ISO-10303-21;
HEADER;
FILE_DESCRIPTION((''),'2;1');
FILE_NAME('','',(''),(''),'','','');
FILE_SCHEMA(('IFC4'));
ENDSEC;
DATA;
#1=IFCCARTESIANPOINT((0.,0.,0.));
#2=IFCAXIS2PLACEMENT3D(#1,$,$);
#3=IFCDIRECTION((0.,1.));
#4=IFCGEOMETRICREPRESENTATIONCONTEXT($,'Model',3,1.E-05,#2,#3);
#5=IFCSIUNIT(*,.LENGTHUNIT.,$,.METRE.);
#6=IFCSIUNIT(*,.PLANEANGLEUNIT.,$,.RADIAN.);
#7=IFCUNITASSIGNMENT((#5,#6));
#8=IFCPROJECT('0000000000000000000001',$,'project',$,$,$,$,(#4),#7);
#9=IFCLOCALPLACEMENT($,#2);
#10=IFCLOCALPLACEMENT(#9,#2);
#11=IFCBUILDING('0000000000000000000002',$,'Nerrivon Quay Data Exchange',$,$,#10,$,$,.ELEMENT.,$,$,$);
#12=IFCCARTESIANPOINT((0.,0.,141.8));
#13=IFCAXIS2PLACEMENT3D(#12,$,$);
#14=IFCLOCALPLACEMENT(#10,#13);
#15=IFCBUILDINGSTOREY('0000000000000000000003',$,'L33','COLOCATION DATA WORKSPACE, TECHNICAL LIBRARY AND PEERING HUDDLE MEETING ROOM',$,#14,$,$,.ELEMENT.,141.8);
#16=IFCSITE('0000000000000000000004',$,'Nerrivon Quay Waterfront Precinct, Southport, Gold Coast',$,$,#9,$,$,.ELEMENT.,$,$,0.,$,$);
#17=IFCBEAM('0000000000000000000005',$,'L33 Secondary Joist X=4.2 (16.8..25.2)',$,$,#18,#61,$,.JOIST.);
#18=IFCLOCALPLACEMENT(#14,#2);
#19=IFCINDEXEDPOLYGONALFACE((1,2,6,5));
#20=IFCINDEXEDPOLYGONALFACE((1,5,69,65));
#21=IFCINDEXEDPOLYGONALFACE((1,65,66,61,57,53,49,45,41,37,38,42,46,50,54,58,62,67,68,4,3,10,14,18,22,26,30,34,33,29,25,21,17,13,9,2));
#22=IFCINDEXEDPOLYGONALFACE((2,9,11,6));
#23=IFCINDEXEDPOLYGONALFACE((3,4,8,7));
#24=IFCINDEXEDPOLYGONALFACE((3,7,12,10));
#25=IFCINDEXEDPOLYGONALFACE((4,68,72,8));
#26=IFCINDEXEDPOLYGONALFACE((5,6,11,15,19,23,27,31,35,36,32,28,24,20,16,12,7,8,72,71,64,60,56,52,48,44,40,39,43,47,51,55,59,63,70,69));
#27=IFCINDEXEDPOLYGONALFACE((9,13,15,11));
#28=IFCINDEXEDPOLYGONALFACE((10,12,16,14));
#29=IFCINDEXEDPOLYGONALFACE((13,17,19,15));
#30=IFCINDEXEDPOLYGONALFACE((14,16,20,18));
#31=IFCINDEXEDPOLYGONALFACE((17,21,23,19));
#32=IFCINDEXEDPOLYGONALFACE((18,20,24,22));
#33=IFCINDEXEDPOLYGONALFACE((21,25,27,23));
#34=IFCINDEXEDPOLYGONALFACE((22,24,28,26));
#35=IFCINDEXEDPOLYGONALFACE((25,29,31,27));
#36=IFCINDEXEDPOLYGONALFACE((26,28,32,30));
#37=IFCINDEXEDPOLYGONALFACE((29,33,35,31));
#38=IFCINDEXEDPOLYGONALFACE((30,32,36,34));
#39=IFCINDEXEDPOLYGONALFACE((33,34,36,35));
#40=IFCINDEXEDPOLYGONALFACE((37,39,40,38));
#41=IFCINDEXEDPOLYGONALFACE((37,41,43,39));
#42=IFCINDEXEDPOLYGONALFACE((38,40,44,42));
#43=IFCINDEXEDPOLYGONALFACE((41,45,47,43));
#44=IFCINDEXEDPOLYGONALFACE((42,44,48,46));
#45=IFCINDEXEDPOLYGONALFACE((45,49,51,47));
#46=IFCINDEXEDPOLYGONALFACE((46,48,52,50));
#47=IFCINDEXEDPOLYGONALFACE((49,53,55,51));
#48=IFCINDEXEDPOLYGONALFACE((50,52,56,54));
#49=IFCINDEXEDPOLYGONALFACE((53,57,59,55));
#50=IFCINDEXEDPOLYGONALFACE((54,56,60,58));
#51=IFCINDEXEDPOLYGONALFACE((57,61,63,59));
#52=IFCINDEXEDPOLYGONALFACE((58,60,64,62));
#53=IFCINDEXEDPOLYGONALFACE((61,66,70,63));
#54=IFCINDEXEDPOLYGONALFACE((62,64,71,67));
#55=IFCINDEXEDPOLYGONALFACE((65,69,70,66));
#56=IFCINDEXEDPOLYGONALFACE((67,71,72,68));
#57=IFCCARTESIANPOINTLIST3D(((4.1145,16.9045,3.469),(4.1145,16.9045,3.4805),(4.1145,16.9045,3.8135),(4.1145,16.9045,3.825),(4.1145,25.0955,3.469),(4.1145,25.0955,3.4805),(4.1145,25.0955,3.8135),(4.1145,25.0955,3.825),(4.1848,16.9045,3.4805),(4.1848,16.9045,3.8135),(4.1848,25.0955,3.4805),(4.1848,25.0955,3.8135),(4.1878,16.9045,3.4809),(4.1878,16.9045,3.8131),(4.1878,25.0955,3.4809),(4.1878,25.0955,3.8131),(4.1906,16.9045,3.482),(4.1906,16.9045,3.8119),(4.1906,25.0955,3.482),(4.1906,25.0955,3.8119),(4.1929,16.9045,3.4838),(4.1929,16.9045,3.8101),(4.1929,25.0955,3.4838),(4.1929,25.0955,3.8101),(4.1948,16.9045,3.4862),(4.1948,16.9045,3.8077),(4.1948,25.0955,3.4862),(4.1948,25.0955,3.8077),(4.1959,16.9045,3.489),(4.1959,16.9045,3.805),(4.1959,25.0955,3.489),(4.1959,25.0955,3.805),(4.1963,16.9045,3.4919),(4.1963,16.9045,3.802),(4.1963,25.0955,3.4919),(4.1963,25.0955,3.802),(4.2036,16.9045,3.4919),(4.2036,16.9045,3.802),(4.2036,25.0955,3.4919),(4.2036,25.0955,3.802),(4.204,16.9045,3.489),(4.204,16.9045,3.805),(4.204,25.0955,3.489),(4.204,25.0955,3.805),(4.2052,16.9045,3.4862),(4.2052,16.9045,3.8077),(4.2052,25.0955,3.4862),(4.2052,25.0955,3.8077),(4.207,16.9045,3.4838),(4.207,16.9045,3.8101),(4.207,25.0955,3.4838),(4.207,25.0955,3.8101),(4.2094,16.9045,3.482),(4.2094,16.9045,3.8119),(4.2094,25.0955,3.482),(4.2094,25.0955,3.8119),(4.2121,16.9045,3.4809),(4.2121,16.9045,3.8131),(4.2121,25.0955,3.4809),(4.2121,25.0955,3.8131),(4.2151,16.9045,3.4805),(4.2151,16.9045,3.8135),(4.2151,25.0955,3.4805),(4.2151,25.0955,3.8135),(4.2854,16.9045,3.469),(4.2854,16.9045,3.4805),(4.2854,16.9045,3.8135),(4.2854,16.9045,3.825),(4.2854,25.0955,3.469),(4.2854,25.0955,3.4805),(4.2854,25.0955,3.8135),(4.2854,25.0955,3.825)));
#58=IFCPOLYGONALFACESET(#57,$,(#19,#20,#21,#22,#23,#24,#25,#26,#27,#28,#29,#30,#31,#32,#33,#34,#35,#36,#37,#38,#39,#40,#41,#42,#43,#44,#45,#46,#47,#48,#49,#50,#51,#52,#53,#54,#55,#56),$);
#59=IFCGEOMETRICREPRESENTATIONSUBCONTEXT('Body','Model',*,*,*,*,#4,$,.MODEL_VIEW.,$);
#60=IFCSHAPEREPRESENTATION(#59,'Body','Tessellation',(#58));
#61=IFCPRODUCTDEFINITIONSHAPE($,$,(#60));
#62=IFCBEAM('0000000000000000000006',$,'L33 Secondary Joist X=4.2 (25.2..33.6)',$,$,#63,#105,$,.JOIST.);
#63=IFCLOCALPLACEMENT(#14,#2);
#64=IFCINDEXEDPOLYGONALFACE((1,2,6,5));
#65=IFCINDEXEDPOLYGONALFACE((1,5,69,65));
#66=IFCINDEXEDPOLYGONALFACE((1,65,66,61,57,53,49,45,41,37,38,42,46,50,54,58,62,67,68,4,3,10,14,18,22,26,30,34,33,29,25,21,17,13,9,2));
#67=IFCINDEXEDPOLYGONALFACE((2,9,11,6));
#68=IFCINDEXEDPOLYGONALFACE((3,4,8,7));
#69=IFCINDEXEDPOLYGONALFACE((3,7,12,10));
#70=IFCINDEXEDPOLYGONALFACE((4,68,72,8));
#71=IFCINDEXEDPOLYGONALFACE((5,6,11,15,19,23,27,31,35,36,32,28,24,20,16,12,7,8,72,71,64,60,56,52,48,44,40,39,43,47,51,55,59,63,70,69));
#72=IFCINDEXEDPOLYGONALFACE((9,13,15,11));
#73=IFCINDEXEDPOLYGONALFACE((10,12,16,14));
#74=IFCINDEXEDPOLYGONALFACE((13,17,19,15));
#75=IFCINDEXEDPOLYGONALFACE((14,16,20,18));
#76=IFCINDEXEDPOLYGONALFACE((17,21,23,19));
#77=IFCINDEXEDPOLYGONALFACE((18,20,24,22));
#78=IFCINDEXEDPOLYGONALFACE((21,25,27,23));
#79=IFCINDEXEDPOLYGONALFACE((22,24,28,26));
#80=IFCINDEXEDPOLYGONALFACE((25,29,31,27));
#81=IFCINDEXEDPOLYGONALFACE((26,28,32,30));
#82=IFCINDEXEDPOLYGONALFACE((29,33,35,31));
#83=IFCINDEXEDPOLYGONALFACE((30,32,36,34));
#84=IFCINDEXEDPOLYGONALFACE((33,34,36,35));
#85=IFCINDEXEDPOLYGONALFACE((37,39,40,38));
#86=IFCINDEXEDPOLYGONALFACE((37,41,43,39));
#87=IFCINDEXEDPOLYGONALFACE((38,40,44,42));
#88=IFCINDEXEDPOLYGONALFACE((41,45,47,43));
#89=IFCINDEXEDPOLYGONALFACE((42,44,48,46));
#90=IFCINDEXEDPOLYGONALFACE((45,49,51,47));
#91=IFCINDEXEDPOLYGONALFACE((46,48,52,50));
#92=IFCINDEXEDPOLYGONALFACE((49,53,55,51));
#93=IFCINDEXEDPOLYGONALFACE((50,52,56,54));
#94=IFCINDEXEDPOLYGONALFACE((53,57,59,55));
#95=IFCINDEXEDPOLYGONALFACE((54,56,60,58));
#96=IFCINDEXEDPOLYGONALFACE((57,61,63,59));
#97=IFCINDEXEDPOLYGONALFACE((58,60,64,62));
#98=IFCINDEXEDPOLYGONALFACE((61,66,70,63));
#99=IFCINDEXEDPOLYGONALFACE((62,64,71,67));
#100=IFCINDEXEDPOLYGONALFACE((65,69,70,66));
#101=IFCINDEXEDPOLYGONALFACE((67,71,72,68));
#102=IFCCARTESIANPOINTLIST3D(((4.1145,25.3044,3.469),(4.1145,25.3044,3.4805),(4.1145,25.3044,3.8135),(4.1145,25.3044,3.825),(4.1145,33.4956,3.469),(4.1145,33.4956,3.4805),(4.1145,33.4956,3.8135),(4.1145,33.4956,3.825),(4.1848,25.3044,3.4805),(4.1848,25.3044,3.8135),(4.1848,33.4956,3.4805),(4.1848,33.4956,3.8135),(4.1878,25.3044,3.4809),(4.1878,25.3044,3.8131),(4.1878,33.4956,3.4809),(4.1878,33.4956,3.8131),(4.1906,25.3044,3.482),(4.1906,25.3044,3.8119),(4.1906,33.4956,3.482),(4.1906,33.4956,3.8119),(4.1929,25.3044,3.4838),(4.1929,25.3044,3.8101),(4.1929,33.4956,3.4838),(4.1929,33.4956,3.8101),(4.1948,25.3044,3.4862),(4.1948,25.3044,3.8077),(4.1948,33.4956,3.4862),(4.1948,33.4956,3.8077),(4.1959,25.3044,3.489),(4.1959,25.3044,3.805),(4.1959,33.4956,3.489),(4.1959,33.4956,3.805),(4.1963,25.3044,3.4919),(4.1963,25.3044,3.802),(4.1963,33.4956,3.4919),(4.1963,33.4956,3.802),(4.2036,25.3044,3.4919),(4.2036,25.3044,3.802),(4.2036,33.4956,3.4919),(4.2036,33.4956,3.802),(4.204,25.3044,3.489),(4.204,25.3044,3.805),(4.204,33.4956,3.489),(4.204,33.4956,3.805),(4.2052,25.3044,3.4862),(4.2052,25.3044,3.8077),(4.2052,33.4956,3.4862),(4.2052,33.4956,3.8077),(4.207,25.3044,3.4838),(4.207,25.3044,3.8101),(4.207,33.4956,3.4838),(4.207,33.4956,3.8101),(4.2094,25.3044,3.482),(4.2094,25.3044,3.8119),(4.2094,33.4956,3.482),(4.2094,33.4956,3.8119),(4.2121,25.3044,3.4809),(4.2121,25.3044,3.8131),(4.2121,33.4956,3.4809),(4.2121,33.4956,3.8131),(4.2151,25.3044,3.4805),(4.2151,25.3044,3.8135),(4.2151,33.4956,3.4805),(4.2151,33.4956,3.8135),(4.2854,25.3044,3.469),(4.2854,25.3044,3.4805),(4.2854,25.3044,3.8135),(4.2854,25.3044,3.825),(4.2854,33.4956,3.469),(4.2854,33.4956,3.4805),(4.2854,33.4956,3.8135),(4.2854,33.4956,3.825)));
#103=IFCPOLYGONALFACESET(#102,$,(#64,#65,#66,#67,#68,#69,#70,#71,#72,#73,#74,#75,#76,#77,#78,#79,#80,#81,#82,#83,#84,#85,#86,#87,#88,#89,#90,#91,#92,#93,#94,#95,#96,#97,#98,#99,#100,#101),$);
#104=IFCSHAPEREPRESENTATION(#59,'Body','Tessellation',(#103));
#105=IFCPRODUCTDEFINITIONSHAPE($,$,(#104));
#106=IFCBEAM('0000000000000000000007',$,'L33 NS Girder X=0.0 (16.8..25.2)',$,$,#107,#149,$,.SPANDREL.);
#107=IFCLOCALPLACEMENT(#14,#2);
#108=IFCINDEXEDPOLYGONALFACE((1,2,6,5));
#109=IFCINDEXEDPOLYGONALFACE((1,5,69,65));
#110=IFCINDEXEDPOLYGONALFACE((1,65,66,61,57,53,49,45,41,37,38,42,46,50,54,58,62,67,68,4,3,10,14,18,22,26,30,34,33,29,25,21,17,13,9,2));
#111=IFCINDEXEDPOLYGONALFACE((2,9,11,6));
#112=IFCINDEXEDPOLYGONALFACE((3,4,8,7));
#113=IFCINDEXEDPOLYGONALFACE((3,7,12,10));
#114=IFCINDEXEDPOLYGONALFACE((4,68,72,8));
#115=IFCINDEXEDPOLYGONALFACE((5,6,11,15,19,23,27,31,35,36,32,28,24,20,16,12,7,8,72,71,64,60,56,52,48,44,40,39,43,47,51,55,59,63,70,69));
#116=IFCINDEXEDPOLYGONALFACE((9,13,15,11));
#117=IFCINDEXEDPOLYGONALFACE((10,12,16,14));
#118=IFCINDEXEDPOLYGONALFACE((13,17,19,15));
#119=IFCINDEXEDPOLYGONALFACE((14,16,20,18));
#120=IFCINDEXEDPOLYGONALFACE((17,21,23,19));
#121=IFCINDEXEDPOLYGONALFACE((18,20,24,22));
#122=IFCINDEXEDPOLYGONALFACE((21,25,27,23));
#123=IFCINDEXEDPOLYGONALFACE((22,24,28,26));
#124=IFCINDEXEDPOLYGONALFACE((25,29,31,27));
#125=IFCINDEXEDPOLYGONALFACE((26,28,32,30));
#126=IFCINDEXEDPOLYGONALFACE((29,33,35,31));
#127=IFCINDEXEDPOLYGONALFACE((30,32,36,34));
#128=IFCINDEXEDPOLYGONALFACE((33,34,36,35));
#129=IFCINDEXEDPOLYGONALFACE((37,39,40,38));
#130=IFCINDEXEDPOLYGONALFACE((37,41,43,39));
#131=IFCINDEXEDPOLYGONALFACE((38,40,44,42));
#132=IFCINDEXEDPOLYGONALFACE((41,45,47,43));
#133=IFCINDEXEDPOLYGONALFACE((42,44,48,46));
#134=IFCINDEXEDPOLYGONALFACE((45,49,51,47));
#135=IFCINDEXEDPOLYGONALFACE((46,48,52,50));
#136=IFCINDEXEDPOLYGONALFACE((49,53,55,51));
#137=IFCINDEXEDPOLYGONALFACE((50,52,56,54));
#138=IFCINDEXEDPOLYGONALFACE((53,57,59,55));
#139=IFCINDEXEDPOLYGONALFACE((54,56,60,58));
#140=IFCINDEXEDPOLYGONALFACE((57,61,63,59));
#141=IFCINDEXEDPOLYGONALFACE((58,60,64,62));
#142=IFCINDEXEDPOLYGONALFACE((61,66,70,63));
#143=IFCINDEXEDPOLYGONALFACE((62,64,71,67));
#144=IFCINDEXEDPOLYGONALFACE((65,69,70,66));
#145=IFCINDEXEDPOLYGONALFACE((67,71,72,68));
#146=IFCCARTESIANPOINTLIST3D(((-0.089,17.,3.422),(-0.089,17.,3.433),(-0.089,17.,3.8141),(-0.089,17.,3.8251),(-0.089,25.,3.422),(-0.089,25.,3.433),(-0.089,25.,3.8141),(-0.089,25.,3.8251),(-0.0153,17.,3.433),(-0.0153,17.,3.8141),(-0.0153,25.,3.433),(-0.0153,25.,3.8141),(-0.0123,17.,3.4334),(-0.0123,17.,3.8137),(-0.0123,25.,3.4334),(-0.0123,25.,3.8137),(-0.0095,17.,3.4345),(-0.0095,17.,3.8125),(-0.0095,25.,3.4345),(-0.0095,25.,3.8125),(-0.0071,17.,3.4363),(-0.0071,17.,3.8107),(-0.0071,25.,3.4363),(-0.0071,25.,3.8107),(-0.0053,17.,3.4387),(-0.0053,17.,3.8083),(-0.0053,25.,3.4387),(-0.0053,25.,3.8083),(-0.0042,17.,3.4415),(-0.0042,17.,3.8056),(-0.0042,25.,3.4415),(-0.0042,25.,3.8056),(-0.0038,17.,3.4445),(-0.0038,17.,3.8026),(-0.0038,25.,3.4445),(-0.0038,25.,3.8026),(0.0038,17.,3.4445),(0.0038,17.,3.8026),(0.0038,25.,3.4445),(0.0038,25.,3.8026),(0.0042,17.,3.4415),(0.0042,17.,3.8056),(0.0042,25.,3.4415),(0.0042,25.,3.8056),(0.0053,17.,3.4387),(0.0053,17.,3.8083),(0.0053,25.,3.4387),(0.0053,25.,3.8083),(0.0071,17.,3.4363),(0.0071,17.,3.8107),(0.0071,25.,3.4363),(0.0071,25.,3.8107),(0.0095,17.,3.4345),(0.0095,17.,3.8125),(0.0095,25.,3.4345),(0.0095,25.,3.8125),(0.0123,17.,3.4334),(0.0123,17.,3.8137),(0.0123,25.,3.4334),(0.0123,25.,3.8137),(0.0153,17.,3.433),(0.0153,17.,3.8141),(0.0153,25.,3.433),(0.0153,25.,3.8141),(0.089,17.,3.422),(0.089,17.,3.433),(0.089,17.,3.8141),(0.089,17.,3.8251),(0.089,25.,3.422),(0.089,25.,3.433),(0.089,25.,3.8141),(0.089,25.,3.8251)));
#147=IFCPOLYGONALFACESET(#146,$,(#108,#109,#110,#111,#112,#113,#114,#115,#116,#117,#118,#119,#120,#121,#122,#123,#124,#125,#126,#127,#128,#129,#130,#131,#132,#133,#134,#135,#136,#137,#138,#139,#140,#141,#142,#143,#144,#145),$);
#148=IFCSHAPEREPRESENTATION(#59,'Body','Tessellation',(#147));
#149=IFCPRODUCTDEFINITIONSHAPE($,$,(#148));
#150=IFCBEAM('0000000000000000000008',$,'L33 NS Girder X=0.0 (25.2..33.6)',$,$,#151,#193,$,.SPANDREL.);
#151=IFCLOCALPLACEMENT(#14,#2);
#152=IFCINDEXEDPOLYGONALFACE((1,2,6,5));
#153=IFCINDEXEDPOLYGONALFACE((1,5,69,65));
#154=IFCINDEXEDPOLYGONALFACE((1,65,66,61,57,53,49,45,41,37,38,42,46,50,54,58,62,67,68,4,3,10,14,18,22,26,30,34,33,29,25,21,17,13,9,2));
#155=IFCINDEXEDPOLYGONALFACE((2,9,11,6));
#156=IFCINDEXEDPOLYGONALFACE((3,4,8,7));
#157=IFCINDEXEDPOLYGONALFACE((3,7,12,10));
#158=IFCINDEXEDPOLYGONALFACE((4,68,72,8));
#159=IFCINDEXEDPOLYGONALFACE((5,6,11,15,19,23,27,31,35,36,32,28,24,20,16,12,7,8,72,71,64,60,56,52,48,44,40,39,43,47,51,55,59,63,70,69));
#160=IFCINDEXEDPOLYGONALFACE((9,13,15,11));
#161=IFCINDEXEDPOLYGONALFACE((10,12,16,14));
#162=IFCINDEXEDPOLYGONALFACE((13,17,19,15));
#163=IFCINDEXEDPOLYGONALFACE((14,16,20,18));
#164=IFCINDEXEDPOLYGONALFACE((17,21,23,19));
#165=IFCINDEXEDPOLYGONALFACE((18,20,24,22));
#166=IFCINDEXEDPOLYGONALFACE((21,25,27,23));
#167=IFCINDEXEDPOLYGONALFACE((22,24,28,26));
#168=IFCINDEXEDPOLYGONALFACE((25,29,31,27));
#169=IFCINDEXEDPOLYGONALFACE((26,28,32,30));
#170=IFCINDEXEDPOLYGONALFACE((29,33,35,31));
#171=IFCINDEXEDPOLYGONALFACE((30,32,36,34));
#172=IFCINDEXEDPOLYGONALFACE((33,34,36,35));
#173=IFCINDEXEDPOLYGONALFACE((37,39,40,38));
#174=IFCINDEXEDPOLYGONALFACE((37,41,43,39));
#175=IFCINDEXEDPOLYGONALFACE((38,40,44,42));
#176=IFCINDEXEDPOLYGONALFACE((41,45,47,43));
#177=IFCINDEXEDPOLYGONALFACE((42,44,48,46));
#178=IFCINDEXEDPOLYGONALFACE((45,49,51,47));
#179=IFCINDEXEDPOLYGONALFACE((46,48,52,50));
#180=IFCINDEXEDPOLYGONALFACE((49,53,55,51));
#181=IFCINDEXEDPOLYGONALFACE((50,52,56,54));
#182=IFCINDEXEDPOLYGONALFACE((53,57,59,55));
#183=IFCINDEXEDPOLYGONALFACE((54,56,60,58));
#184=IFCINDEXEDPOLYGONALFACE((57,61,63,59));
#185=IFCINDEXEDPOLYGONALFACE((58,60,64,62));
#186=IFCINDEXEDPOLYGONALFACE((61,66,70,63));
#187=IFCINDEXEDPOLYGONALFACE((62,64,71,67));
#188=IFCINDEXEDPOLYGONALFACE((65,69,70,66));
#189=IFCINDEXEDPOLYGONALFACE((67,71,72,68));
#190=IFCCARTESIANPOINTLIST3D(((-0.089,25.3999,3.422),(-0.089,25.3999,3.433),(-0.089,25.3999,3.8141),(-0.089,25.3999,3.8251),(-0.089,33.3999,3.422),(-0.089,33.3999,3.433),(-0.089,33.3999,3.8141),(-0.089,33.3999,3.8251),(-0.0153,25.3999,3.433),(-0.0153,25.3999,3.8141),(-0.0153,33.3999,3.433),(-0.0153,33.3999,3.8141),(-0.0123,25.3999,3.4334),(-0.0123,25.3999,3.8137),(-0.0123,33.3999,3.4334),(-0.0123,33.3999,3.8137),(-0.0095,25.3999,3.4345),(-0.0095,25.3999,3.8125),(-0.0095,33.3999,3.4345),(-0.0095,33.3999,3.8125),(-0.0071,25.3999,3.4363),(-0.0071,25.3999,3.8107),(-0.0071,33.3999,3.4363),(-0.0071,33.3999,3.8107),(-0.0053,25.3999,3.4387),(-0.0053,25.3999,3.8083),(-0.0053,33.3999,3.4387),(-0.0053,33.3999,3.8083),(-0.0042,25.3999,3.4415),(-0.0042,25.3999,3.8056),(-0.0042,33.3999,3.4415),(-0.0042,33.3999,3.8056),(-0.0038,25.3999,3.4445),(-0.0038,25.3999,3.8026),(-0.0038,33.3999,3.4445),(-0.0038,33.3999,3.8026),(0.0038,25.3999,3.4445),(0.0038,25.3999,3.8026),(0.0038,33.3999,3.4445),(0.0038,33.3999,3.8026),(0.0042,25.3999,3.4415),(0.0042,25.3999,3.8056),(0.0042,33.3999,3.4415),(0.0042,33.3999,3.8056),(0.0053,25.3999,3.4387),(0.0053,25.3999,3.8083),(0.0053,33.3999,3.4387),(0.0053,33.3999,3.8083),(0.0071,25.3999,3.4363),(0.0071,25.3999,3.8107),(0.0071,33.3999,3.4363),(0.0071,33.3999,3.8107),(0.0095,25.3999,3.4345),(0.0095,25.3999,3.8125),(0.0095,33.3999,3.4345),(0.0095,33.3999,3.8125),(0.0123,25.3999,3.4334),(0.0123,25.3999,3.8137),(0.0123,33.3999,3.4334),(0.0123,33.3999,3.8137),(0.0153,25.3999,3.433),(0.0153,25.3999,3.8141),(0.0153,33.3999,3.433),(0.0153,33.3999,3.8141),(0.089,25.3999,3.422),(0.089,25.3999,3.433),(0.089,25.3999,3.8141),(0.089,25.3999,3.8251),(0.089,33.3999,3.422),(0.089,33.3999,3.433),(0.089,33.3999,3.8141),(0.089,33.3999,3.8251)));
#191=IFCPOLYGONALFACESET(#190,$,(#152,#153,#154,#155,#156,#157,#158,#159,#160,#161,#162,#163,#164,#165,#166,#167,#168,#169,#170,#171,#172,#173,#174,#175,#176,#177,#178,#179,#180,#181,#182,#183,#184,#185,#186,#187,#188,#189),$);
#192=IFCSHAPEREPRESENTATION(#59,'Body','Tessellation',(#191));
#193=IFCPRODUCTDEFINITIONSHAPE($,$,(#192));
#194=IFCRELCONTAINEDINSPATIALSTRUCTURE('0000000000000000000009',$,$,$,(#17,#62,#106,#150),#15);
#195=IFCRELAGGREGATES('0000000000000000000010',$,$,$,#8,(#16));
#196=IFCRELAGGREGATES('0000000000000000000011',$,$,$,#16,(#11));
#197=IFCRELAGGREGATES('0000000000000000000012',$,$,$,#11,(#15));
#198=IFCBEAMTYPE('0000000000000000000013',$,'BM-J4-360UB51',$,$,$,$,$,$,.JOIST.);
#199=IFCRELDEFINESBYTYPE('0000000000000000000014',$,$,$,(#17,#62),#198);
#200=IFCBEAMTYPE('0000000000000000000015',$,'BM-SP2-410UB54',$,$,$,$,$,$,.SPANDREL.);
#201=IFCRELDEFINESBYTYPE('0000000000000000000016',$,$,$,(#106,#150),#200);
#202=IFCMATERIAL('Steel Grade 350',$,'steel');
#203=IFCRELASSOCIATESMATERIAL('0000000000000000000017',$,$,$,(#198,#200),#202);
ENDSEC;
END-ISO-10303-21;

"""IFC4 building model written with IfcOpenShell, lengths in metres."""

from ifc_helpers import new_model, si_unit, direction, frame, origin, origin_2d, place, context, subcontext, project, spatial, i_section, extrude, material, material_profile, profile_set, type_object, element, save


model = new_model("IFC4")

# Units and contexts
model_context = context("Model", 3, precision=1e-05, world=origin(), true_north=direction((0.0, 1.0)))
body_context = subcontext(model_context, "Body", "Model", "MODEL_VIEW")
ifc_project = project(units=[si_unit("LENGTHUNIT", "METRE"), si_unit("PLANEANGLEUNIT", "RADIAN")], contexts=[model_context])

# Site, building, storey
site_placement = place(None, origin())
site = spatial("IfcSite", under=ifc_project, at=site_placement, Name="Nerrivon Quay Waterfront Precinct, Southport, Gold Coast", CompositionType="ELEMENT", RefElevation=0.0)
building_placement = place(site_placement, origin())
building = spatial("IfcBuilding", under=site, at=building_placement, Name="Nerrivon Quay Data Exchange", CompositionType="ELEMENT")
storey_placement = place(building_placement, frame((0.0, 0.0, 141.8)))
storey = spatial("IfcBuildingStorey", under=building, at=storey_placement, Name="L33", Description="COLOCATION DATA WORKSPACE, TECHNICAL LIBRARY AND PEERING HUDDLE MEETING ROOM", CompositionType="ELEMENT", Elevation=141.8)

# Shared definitions
ifc_material_1 = material(Name="Steel Grade 350", Category="steel")

# Beams
ifc_material_profile_1 = material_profile(ifc_material_1, i_section(OverallWidth=0.1709, OverallDepth=0.356, WebThickness=0.0073, FlangeThickness=0.0115, FilletRadius=0.0115, at=origin_2d()), Name="360UB50.7")
ifc_profile_set_1 = profile_set([ifc_material_profile_1], Name="Steel Grade 350")
beam_type_1 = type_object("IfcBeamType", Name="BM-J4-360UB51", PredefinedType="JOIST", material=ifc_profile_set_1)
beam_1_placement = place(storey_placement, frame((4.2, 16.9045, 3.647), z_axis=(0.0, 1.0, 0.0), x_axis=(-1.0, 0.0, 0.0)))
element("IfcBeam", 1, at=beam_1_placement, inside=storey, type_object=beam_type_1, Name="L33 Secondary Joist X=4.2 (16.8..25.2)", PredefinedType="JOIST", context=body_context, shape_type="SweptSolid", body=[
    extrude(i_section(OverallWidth=0.1709, OverallDepth=0.356, WebThickness=0.0073, FlangeThickness=0.0115, FilletRadius=0.0115, at=origin_2d()), origin(), (0.0, 0.0, 1.0), 8.1909),
])
beam_2_placement = place(storey_placement, frame((4.2, 25.3044, 3.647), z_axis=(0.0, 1.0, 0.0), x_axis=(-1.0, 0.0, 0.0)))
element("IfcBeam", 2, at=beam_2_placement, inside=storey, type_object=beam_type_1, Name="L33 Secondary Joist X=4.2 (25.2..33.6)", PredefinedType="JOIST", context=body_context, shape_type="SweptSolid", body=[
    extrude(i_section(OverallWidth=0.1709, OverallDepth=0.356, WebThickness=0.0073, FlangeThickness=0.0115, FilletRadius=0.0115, at=origin_2d()), origin(), (0.0, 0.0, 1.0), 8.1912),
])
ifc_material_profile_2 = material_profile(ifc_material_1, i_section(OverallWidth=0.178, OverallDepth=0.4031, WebThickness=0.0076, FlangeThickness=0.011, FilletRadius=0.0115, at=origin_2d()), Name="410UB53.7")
ifc_profile_set_2 = profile_set([ifc_material_profile_2], Name="Steel Grade 350")
beam_type_2 = type_object("IfcBeamType", Name="BM-SP2-410UB54", PredefinedType="SPANDREL", material=ifc_profile_set_2)
for number, where, z_axis, x_axis, name in (
    (3, (0.0, 17.0, 3.6235), (0.0, 1.0, 0.0), (-1.0, 0.0, 0.0), "L33 NS Girder X=0.0 (16.8..25.2)"),
    (4, (0.0, 25.3999, 3.6235), (0.0, 1.0, 0.0), (-1.0, 0.0, 0.0), "L33 NS Girder X=0.0 (25.2..33.6)"),
):
    element("IfcBeam", number, at=place(storey_placement, frame(where, z_axis=z_axis, x_axis=x_axis)), inside=storey, type_object=beam_type_2, Name=name, PredefinedType="SPANDREL", context=body_context, shape_type="SweptSolid", body=[
        extrude(i_section(OverallWidth=0.178, OverallDepth=0.4031, WebThickness=0.0076, FlangeThickness=0.011, FilletRadius=0.0115, at=origin_2d()), origin(), (0.0, 0.0, 1.0), 8.0),
    ])

save(model, "model.ifc")
